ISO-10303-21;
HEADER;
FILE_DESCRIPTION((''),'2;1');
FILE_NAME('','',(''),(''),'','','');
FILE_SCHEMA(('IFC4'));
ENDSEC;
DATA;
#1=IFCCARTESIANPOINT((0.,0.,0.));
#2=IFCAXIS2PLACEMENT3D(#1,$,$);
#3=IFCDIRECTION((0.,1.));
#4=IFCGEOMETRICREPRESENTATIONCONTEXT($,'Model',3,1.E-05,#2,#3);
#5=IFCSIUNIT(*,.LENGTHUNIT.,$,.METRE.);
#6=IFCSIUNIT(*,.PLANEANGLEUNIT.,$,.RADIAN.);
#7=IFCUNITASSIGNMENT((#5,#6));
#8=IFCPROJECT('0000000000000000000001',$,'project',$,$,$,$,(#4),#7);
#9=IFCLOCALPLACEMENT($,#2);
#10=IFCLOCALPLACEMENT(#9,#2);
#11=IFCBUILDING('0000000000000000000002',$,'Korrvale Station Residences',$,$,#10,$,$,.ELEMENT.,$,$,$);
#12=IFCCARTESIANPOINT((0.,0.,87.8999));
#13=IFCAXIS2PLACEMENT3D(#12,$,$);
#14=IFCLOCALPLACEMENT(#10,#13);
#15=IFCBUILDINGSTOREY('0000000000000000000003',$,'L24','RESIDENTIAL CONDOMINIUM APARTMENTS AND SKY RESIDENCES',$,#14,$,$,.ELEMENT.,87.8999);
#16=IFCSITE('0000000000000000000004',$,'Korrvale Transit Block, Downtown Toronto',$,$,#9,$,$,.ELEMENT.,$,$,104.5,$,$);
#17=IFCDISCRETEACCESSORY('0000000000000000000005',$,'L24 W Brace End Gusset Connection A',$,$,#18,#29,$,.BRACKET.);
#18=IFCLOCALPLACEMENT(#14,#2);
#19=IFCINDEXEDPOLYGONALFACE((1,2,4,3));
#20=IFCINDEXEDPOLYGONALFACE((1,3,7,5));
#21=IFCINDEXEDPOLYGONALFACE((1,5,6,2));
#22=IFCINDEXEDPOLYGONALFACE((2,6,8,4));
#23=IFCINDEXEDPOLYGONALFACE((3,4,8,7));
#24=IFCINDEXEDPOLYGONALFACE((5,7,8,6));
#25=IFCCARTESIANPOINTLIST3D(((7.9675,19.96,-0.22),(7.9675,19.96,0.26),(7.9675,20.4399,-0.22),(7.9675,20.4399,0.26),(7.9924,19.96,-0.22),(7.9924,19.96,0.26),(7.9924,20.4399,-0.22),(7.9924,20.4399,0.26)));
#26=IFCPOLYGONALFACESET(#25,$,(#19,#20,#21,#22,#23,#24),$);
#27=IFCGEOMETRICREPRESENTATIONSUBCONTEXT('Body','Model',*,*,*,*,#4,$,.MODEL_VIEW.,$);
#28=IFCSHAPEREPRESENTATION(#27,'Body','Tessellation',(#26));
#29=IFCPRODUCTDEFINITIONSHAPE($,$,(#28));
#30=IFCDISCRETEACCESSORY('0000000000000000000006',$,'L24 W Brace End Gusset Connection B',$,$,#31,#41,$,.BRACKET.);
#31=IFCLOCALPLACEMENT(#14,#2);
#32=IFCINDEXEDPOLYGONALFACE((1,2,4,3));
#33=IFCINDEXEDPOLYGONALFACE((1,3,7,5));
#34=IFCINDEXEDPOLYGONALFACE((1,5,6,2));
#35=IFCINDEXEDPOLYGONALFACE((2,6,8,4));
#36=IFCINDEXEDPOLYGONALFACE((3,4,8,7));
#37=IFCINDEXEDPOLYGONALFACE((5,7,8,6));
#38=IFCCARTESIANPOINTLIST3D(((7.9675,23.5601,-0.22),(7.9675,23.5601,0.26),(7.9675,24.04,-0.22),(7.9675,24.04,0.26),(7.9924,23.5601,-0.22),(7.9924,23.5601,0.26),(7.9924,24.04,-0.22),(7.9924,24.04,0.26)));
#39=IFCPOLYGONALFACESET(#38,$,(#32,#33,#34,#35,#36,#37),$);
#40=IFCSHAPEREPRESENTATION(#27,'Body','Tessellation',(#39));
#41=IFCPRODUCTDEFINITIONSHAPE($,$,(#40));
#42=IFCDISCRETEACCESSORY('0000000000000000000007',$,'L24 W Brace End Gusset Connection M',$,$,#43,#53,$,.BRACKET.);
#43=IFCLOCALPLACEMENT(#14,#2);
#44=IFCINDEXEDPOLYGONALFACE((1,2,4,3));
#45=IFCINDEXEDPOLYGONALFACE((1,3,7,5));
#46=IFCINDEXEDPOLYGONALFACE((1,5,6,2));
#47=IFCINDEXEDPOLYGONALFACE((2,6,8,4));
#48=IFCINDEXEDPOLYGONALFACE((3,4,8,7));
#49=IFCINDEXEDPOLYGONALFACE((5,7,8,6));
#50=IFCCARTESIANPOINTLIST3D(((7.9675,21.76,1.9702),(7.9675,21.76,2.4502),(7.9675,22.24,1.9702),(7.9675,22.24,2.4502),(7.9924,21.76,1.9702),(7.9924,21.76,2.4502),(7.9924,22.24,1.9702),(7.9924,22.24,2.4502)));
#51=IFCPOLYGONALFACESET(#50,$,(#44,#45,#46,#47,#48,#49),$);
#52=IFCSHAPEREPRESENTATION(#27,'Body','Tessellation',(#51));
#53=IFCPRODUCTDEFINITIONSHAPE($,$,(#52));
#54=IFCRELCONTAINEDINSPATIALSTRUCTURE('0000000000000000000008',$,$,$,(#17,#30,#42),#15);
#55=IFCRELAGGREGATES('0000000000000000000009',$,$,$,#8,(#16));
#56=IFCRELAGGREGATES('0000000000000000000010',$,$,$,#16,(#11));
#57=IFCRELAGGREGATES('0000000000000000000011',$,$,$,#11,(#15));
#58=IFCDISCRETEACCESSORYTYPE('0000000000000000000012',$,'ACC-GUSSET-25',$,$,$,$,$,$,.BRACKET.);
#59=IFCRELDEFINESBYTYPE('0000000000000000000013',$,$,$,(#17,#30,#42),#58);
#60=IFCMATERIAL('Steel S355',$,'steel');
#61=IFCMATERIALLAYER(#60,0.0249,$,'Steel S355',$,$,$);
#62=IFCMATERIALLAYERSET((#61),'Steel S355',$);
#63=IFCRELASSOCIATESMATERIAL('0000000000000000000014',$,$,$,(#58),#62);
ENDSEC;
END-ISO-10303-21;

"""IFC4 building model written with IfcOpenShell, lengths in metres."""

from ifc_helpers import new_model, si_unit, direction, frame, origin, origin_2d, place, context, subcontext, project, spatial, rectangle, extrude, material, layer, layer_set, type_object, element, save


model = new_model("IFC4")

# Units and contexts
model_context = context("Model", 3, precision=1e-05, world=origin(), true_north=direction((0.0, 1.0)))
body_context = subcontext(model_context, "Body", "Model", "MODEL_VIEW")
ifc_project = project(units=[si_unit("LENGTHUNIT", "METRE"), si_unit("PLANEANGLEUNIT", "RADIAN")], contexts=[model_context])

# Site, building, storey
site_placement = place(None, origin())
site = spatial("IfcSite", under=ifc_project, at=site_placement, Name="Korrvale Transit Block, Downtown Toronto", CompositionType="ELEMENT", RefElevation=104.5)
building_placement = place(site_placement, origin())
building = spatial("IfcBuilding", under=site, at=building_placement, Name="Korrvale Station Residences", CompositionType="ELEMENT")
storey_placement = place(building_placement, frame((0.0, 0.0, 87.8999)))
storey = spatial("IfcBuildingStorey", under=building, at=storey_placement, Name="L24", Description="RESIDENTIAL CONDOMINIUM APARTMENTS AND SKY RESIDENCES", CompositionType="ELEMENT", Elevation=87.8999)

# Shared definitions
ifc_material_1 = material(Name="Steel S355", Category="steel")

# Discrete accessories
ifc_layer_1 = layer(ifc_material_1, 0.0249, Name="Steel S355")
ifc_layer_set_1 = layer_set([ifc_layer_1], Name="Steel S355")
discrete_accessory_type = type_object("IfcDiscreteAccessoryType", Name="ACC-GUSSET-25", PredefinedType="BRACKET", material=ifc_layer_set_1)
for number, where, z_axis, x_axis, name in (
    (1, (7.98, 20.2, -0.22), (0.0, 0.0, 1.0), (0.0, 1.0, 0.0), "L24 W Brace End Gusset Connection A"),
    (2, (7.98, 23.8, -0.22), (0.0, 0.0, 1.0), (0.0, 1.0, 0.0), "L24 W Brace End Gusset Connection B"),
    (3, (7.98, 22.0, 1.9702), (0.0, 0.0, 1.0), (0.0, 1.0, 0.0), "L24 W Brace End Gusset Connection M"),
):
    element("IfcDiscreteAccessory", number, at=place(storey_placement, frame(where, z_axis=z_axis, x_axis=x_axis)), inside=storey, type_object=discrete_accessory_type, Name=name, PredefinedType="BRACKET", context=body_context, shape_type="SweptSolid", body=[
        extrude(rectangle(XDim=0.48, YDim=0.0249, at=origin_2d()), origin(), (0.0, 0.0, 1.0), 0.48),
    ])

save(model, "model.ifc")
